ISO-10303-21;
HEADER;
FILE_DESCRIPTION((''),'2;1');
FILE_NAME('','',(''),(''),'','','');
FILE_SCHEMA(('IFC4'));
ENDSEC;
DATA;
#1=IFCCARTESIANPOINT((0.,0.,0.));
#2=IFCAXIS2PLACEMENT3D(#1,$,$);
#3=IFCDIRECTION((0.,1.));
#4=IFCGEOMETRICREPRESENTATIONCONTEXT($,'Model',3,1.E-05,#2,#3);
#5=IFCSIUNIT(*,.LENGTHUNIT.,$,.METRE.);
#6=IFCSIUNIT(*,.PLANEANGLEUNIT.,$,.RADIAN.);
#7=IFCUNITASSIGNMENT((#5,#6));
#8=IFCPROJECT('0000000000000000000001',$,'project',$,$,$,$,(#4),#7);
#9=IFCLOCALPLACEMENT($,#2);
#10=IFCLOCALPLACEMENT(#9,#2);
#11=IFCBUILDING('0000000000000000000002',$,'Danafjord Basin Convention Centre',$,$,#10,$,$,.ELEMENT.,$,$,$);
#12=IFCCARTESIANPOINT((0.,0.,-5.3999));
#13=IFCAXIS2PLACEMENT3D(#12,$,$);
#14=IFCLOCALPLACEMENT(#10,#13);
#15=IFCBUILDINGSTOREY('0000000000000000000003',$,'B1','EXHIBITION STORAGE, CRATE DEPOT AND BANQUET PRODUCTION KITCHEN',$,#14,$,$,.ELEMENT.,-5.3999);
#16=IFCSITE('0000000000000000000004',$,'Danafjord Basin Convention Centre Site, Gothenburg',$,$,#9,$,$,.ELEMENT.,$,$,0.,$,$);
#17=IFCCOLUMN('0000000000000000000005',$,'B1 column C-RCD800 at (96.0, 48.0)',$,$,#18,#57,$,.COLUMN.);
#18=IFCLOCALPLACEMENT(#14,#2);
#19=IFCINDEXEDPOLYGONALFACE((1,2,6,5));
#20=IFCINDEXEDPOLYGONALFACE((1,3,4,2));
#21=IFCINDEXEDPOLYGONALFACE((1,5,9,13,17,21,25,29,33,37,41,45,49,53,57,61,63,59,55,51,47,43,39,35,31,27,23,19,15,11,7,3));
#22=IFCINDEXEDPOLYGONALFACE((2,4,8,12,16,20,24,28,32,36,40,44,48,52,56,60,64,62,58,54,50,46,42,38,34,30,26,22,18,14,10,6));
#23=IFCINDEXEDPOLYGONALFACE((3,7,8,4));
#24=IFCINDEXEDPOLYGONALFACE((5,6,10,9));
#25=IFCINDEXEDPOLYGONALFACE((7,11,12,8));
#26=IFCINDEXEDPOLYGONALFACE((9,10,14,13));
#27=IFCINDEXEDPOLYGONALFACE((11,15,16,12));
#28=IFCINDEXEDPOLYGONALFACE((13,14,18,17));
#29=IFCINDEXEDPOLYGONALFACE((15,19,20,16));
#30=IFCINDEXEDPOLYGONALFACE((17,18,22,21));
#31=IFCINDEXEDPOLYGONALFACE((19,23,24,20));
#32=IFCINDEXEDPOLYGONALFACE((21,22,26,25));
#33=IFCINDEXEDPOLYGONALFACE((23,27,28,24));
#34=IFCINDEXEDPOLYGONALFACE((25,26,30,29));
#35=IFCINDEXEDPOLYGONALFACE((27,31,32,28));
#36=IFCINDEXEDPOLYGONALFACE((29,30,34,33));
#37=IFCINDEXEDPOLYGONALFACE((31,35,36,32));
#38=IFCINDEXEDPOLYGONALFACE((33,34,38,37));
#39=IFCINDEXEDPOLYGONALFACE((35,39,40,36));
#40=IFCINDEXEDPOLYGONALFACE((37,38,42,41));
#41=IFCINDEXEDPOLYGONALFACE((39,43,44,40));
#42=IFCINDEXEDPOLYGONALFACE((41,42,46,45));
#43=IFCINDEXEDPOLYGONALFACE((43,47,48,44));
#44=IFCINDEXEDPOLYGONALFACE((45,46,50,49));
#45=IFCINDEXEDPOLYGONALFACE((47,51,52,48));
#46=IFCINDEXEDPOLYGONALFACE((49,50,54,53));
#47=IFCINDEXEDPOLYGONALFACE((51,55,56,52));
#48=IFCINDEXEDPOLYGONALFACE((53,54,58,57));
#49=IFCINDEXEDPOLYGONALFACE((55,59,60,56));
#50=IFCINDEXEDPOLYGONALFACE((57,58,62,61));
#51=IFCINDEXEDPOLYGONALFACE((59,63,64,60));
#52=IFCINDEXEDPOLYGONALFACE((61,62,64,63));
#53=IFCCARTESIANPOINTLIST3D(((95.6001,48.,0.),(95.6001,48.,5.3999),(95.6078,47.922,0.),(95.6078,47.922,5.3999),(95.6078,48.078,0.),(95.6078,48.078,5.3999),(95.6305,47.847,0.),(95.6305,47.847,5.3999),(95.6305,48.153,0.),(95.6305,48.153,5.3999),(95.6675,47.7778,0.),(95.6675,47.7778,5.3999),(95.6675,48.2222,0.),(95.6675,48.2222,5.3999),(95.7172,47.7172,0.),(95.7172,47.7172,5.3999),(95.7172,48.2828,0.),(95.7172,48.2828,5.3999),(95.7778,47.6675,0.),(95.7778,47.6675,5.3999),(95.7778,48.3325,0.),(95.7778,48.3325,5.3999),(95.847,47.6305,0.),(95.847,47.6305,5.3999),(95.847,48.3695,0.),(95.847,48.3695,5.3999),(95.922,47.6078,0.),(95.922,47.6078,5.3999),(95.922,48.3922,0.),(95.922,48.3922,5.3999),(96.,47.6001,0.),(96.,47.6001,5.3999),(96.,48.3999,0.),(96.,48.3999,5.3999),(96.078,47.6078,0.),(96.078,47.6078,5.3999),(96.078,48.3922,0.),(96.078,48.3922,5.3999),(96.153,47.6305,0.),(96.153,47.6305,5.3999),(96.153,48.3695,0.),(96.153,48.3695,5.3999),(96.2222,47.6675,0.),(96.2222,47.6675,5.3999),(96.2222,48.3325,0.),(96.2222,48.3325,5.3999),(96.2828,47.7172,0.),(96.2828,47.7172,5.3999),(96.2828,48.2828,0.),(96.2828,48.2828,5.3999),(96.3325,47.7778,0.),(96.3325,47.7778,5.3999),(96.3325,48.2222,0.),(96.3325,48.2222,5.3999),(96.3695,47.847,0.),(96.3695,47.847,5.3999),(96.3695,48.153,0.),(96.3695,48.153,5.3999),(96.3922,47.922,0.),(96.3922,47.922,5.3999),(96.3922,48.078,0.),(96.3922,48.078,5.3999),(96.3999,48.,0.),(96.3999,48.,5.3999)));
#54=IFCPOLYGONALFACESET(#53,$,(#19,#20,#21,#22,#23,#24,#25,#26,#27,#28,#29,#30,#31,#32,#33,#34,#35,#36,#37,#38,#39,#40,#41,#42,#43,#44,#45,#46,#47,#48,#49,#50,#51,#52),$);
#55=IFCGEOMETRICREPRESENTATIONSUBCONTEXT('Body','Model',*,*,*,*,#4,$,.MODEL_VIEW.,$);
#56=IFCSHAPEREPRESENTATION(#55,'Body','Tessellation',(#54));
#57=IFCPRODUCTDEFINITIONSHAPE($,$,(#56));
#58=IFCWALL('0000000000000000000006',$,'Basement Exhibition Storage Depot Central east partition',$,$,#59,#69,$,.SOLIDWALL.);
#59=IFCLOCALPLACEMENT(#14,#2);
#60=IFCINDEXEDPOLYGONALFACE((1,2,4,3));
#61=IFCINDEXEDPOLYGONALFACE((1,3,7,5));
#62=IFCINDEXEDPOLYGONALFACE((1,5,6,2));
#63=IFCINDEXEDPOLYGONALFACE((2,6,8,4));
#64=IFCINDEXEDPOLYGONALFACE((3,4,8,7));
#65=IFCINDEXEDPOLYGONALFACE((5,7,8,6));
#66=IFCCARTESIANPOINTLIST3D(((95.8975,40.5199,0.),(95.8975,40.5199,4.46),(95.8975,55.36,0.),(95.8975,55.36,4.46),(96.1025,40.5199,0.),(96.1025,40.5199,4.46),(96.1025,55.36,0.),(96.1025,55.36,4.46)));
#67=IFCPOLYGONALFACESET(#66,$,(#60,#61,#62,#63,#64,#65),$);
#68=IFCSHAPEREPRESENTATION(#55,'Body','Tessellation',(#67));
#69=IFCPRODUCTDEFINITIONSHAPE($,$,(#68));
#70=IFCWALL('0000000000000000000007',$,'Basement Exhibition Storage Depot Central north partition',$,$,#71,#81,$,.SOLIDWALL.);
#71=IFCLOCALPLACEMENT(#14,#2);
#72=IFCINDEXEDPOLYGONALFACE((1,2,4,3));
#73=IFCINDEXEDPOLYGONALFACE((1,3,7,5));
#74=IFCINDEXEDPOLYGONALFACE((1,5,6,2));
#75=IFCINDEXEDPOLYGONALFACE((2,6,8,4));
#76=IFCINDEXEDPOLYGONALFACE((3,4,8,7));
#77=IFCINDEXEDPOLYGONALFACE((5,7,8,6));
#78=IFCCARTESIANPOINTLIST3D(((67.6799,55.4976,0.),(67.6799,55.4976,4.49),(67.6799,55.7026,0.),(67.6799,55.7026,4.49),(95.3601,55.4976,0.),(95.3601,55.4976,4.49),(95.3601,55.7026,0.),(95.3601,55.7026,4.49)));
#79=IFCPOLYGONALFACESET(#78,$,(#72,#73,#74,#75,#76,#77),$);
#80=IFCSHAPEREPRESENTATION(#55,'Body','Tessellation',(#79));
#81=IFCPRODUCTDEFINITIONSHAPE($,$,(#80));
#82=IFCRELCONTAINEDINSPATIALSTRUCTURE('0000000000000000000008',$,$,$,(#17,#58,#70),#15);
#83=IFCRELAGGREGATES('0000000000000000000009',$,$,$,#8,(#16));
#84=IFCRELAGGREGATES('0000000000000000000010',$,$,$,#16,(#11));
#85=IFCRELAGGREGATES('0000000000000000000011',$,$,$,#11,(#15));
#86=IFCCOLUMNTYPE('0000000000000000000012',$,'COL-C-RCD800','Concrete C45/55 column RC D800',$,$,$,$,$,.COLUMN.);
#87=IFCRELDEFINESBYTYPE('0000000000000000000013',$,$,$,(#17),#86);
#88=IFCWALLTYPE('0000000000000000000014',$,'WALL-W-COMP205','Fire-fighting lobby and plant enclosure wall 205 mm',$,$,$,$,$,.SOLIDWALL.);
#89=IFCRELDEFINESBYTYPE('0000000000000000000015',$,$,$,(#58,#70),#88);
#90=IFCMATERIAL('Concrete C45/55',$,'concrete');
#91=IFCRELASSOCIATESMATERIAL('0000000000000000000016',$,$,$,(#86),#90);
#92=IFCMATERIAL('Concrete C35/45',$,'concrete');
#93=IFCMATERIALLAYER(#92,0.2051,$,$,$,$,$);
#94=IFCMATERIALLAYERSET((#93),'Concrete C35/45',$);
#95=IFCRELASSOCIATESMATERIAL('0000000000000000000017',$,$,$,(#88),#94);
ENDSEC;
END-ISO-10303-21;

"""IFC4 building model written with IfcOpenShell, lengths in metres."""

from ifc_helpers import new_model, si_unit, direction, frame, frame_2d, origin, origin_2d, place, context, subcontext, project, spatial, rectangle, circle, extrude, material, layer, layer_set, material_profile, profile_set, type_object, element, save


model = new_model("IFC4")

# Units and contexts
model_context = context("Model", 3, precision=1e-05, world=origin(), true_north=direction((0.0, 1.0)))
body_context = subcontext(model_context, "Body", "Model", "MODEL_VIEW")
ifc_project = project(units=[si_unit("LENGTHUNIT", "METRE"), si_unit("PLANEANGLEUNIT", "RADIAN")], contexts=[model_context])

# Site, building, storey
site_placement = place(None, origin())
site = spatial("IfcSite", under=ifc_project, at=site_placement, Name="Danafjord Basin Convention Centre Site, Gothenburg", CompositionType="ELEMENT", RefElevation=0.0)
building_placement = place(site_placement, origin())
building = spatial("IfcBuilding", under=site, at=building_placement, Name="Danafjord Basin Convention Centre", CompositionType="ELEMENT")
storey_placement = place(building_placement, frame((0.0, 0.0, -5.3999)))
storey = spatial("IfcBuildingStorey", under=building, at=storey_placement, Name="B1", Description="EXHIBITION STORAGE, CRATE DEPOT AND BANQUET PRODUCTION KITCHEN", CompositionType="ELEMENT", Elevation=-5.3999)

# Shared definitions
ifc_material_1 = material(Name="Concrete C35/45", Category="concrete")

# Column
ifc_material_2 = material(Name="Concrete C45/55", Category="concrete")
ifc_material_profile_1 = material_profile(ifc_material_2, circle(Radius=0.3999, at=origin_2d()), Name="RC D800")
ifc_profile_set_1 = profile_set([ifc_material_profile_1], Name="Concrete C45/55")
column_type_1 = type_object("IfcColumnType", Name="COL-C-RCD800", Description="Concrete C45/55 column RC D800", PredefinedType="COLUMN", material=ifc_profile_set_1)
column_1_placement = place(storey_placement, frame((96.0, 48.0, 0.0), z_axis=(0.0, 0.0, 1.0), x_axis=(1.0, 0.0, 0.0)))
element("IfcColumn", 1, at=column_1_placement, inside=storey, type_object=column_type_1, Name="B1 column C-RCD800 at (96.0, 48.0)", PredefinedType="COLUMN", context=body_context, shape_type="SweptSolid", body=[
    extrude(circle(Radius=0.3999, at=origin_2d()), origin(), (0.0, 0.0, 1.0), 5.3999),
])

# Walls
ifc_layer = layer(ifc_material_1, 0.2051)
ifc_layer_set = layer_set([ifc_layer], Name="Concrete C35/45")
wall_type = type_object("IfcWallType", Name="WALL-W-COMP205", Description="Fire-fighting lobby and plant enclosure wall 205 mm", PredefinedType="SOLIDWALL", material=ifc_layer_set)
wall_1_placement = place(storey_placement, frame((96.0, 40.52, 0.0), z_axis=(0.0, 0.0, 1.0), x_axis=(0.0, 1.0, 0.0)))
element("IfcWall", 2, at=wall_1_placement, inside=storey, type_object=wall_type, Name="Basement Exhibition Storage Depot Central east partition", PredefinedType="SOLIDWALL", context=body_context, shape_type="SweptSolid", body=[
    extrude(rectangle(XDim=14.8401, YDim=0.2051, at=frame_2d((7.4199, 0.0))), origin(), (0.0, 0.0, 1.0), 4.46),
])
wall_2_placement = place(storey_placement, frame((95.3601, 55.6001, 0.0), z_axis=(0.0, 0.0, 1.0), x_axis=(-1.0, 0.0, 0.0)))
element("IfcWall", 3, at=wall_2_placement, inside=storey, type_object=wall_type, Name="Basement Exhibition Storage Depot Central north partition", PredefinedType="SOLIDWALL", context=body_context, shape_type="SweptSolid", body=[
    extrude(rectangle(XDim=27.6802, YDim=0.2051, at=frame_2d((13.8401, 0.0))), origin(), (0.0, 0.0, 1.0), 4.49),
])

save(model, "model.ifc")
